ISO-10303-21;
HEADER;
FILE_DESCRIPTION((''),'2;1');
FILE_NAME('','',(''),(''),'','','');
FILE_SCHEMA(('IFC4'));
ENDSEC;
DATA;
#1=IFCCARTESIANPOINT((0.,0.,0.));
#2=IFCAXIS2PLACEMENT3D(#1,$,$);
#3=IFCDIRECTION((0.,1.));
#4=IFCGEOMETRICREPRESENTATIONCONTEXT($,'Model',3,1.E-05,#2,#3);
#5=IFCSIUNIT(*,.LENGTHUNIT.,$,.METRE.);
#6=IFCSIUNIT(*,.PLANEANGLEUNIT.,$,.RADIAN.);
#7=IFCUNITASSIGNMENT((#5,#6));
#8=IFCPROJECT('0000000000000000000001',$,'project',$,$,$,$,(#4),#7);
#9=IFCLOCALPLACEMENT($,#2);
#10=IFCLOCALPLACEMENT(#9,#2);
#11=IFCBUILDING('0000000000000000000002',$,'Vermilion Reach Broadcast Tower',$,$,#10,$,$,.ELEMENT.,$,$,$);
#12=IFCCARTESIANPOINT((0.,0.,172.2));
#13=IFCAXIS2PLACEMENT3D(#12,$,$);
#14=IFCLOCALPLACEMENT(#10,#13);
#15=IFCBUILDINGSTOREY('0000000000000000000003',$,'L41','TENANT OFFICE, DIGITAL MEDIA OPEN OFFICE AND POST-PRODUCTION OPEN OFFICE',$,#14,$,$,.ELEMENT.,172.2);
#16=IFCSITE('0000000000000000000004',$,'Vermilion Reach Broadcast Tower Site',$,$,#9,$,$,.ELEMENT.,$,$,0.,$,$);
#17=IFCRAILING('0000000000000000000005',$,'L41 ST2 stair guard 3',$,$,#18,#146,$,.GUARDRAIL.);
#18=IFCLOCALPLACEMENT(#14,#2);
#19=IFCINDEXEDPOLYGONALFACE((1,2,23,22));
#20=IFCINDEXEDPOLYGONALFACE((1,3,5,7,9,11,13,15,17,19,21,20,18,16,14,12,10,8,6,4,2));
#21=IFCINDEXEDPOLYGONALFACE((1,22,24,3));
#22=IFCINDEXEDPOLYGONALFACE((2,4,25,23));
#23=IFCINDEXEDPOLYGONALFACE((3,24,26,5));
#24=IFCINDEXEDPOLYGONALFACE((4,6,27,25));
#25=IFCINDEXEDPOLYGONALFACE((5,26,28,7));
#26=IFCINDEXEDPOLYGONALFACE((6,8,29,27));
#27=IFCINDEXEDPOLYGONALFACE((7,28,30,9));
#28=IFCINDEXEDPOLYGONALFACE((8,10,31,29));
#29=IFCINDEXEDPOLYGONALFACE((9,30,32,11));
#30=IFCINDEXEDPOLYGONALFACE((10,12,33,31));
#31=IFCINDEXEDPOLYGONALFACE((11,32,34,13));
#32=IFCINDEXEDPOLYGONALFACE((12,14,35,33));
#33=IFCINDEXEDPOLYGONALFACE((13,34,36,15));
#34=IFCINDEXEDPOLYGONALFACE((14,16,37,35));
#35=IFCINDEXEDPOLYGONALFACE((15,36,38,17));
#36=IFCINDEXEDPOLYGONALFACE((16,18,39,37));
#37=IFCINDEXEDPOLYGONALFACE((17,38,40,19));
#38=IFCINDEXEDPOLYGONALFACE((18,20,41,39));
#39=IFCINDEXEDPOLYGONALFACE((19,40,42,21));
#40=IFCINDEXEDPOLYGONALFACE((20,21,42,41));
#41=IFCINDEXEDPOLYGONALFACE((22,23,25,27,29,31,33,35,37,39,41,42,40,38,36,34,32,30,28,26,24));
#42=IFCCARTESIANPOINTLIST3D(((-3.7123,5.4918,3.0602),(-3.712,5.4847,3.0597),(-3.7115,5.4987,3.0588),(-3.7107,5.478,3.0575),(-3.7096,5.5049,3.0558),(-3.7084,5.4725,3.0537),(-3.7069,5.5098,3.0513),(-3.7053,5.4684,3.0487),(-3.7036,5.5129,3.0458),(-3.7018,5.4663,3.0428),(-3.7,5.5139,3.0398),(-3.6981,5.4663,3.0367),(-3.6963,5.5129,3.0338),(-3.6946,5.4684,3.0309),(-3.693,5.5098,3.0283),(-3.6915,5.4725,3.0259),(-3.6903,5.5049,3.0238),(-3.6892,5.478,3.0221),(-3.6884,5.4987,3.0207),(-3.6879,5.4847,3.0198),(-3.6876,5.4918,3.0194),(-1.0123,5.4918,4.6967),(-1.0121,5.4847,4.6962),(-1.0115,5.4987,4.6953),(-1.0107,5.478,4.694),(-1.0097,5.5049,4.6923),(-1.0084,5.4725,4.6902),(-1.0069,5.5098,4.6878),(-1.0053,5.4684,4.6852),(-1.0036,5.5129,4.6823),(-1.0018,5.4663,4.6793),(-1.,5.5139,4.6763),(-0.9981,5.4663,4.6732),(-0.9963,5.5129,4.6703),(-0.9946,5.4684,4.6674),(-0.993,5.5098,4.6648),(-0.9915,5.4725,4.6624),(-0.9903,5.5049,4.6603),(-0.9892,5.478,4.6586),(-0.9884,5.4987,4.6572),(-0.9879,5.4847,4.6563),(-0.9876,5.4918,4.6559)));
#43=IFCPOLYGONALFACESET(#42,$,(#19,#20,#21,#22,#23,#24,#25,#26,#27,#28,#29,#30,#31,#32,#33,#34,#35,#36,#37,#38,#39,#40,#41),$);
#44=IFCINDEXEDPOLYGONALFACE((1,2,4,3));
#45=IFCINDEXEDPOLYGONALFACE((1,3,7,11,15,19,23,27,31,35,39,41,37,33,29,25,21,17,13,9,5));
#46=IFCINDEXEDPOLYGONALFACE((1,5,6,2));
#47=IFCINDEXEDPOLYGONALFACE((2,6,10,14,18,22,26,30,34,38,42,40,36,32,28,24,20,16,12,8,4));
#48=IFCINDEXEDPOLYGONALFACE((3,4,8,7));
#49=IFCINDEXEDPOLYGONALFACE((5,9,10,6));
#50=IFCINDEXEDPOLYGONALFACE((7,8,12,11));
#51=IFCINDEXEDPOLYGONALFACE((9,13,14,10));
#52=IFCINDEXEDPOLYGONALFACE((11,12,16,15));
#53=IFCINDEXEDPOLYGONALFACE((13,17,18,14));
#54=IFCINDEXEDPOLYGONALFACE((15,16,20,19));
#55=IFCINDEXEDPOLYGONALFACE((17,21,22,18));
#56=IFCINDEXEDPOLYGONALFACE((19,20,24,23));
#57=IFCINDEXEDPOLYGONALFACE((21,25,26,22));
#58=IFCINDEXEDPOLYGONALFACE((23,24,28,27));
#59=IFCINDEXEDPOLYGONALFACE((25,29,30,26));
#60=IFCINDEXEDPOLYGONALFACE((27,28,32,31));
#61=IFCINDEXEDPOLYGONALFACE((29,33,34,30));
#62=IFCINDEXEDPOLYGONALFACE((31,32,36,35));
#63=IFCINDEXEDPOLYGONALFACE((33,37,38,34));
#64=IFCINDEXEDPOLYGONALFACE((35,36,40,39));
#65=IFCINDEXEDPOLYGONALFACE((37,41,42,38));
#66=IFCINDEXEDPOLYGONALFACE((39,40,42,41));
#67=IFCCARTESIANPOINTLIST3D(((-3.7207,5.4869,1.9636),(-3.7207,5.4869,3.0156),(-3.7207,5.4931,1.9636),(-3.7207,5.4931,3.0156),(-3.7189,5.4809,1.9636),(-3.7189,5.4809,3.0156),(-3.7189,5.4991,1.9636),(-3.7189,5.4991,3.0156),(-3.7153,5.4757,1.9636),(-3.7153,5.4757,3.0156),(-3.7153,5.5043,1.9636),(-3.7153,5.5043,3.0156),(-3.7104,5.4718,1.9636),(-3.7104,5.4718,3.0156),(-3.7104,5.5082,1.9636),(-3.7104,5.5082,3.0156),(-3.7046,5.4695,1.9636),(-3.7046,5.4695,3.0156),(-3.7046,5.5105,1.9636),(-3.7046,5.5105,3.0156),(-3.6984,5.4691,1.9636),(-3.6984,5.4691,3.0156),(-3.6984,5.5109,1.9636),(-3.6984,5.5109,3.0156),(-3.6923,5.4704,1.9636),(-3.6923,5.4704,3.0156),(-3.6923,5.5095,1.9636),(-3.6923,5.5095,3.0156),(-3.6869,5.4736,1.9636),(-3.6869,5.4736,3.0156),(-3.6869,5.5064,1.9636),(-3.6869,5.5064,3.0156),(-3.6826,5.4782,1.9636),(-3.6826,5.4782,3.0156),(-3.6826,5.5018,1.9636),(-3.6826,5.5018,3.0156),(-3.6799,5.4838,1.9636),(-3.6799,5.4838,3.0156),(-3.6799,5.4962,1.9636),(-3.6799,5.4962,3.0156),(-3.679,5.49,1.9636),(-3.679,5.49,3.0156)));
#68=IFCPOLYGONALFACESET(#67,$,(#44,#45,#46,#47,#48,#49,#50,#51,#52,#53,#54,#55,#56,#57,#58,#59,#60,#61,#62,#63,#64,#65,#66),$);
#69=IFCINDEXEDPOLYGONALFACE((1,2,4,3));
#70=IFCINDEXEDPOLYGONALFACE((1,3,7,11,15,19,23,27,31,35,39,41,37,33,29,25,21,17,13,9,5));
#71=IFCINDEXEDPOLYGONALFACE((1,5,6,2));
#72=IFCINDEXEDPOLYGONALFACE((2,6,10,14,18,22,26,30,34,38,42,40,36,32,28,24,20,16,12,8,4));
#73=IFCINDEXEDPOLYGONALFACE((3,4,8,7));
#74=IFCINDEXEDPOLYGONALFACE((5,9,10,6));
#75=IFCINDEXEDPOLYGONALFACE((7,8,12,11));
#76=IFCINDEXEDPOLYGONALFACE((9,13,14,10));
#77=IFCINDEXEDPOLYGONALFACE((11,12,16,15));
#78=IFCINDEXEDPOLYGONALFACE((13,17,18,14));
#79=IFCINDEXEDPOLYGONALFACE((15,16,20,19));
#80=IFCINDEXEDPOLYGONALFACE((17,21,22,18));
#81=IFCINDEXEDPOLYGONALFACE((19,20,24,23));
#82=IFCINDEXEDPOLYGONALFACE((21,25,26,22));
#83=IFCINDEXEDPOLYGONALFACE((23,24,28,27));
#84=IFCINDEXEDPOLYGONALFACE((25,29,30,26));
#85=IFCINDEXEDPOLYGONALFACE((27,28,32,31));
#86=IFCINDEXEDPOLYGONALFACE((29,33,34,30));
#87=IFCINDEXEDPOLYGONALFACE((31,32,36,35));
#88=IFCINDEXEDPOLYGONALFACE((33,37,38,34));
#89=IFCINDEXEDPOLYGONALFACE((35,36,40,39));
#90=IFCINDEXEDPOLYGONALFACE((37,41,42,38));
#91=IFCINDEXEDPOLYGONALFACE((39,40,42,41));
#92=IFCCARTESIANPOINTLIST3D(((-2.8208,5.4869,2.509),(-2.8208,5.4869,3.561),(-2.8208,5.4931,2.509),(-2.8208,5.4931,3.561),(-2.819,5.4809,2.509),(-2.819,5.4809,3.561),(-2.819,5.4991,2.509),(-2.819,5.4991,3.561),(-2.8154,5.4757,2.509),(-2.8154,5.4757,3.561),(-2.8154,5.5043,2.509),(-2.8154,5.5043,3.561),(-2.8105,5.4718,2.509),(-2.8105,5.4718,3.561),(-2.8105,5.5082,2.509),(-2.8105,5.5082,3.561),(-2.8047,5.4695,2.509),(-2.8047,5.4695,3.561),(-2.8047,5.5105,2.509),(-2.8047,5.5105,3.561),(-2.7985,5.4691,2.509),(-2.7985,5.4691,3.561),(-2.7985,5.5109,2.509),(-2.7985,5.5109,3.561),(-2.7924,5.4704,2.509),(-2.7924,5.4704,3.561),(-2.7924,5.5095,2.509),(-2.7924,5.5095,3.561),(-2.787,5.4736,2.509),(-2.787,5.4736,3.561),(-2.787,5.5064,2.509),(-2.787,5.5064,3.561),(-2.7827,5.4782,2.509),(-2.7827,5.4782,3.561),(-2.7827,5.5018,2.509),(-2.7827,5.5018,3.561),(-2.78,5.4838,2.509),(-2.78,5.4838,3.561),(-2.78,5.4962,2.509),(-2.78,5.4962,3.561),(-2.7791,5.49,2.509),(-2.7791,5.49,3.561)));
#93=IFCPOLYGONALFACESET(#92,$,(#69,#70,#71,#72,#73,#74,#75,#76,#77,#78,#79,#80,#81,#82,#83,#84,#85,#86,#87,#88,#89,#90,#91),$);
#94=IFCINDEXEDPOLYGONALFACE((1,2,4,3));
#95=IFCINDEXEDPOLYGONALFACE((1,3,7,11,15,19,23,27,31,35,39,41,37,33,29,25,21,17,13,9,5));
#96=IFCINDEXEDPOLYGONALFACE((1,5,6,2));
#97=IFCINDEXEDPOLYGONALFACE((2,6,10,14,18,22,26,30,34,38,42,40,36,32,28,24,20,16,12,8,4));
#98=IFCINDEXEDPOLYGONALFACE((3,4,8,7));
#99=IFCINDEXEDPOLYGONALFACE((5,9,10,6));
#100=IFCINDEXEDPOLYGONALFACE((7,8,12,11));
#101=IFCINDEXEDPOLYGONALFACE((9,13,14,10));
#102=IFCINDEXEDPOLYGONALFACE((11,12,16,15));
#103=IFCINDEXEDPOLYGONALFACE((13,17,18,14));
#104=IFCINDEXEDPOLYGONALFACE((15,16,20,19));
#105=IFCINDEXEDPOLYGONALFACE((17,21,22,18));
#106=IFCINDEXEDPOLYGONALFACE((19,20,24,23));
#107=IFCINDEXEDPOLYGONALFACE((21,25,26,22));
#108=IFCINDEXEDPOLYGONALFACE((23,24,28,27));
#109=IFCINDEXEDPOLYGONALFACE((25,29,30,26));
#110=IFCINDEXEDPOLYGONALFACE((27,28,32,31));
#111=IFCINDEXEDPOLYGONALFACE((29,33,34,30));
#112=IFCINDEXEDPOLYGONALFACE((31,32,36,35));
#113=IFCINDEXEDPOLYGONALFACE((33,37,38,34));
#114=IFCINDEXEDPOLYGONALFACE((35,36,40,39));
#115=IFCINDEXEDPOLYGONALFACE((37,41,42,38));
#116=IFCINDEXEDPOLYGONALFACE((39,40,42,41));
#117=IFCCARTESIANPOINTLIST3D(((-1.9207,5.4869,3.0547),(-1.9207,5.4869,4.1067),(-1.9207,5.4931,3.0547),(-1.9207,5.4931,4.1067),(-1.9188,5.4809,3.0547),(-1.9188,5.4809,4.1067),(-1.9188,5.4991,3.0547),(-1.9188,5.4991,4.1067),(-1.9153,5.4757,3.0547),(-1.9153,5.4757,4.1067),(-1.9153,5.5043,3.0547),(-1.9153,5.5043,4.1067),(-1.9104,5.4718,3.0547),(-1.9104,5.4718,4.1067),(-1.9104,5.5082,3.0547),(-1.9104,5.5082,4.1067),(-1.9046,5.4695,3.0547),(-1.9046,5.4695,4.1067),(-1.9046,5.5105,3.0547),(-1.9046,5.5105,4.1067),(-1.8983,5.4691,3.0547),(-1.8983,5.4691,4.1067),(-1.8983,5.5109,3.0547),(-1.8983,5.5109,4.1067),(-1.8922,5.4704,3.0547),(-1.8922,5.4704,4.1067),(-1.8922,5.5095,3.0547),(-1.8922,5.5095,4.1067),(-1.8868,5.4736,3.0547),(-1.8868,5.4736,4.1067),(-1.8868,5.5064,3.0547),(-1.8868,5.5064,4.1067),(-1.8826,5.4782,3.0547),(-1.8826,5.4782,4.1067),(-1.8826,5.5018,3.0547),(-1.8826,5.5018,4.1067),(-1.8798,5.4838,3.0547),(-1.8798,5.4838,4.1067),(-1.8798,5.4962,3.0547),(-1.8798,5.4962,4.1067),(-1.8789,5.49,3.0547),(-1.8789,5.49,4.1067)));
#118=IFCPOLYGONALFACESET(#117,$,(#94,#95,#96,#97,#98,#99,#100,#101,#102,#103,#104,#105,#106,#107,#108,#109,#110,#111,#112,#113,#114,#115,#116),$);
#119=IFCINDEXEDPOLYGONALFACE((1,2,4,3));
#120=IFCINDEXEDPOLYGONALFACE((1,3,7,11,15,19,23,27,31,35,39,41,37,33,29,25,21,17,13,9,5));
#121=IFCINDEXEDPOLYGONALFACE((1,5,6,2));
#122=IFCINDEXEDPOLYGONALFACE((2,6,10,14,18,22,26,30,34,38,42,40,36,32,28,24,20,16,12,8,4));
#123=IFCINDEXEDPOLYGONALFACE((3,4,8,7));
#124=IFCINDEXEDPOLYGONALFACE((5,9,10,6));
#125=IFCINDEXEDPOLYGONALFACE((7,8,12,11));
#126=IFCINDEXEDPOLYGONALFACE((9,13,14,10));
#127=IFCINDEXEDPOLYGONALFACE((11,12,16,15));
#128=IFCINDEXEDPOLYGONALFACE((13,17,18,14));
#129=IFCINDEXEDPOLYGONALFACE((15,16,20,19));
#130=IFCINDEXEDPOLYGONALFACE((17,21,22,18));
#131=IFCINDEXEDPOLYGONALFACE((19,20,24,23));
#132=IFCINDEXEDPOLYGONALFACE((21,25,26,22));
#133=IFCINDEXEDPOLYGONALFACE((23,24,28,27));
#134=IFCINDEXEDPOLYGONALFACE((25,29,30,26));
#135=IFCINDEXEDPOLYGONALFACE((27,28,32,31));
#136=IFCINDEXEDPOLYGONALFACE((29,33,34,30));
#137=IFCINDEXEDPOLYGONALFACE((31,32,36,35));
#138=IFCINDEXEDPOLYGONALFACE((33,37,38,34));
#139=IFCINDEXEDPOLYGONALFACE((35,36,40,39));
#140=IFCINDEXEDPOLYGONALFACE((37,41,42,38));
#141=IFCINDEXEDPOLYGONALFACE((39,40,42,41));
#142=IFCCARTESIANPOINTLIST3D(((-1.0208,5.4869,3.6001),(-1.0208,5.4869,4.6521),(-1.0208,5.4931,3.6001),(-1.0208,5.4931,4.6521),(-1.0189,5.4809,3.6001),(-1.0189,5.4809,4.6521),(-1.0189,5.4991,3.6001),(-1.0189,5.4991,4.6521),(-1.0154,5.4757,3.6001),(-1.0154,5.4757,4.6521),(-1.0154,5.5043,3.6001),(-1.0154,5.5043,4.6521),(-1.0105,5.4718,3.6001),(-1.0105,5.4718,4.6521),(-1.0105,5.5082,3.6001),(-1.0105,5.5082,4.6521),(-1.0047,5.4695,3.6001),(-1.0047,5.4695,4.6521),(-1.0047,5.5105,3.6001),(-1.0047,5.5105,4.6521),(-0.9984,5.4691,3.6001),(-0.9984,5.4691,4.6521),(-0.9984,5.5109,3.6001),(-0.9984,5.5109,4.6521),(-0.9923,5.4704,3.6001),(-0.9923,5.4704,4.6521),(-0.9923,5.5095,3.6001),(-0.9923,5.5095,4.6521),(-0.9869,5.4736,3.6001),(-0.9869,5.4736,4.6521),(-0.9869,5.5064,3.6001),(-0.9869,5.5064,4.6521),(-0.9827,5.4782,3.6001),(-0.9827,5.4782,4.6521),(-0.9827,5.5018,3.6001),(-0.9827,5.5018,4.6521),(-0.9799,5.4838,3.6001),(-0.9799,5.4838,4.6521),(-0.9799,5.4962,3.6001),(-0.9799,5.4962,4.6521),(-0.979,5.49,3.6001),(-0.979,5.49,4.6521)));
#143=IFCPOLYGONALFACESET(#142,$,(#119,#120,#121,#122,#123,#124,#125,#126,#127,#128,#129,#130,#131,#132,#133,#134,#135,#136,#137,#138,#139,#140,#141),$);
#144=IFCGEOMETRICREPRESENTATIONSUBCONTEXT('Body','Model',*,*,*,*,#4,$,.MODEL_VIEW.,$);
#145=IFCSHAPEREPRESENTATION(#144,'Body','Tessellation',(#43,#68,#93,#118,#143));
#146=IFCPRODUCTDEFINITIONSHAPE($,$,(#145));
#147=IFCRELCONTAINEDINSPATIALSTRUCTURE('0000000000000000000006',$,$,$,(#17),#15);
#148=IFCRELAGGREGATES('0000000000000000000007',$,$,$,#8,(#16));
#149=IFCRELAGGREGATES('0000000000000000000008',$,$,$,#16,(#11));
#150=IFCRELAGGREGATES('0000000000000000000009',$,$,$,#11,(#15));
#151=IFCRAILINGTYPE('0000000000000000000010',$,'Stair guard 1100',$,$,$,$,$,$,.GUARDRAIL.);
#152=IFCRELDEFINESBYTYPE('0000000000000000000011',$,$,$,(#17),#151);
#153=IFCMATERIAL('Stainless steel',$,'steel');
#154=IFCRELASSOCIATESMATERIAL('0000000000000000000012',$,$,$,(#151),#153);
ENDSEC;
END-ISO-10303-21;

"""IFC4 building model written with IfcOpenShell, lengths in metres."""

from ifc_helpers import new_model, si_unit, direction, frame, origin, origin_2d, place, context, subcontext, project, spatial, circle, extrude, material, type_object, element, save


model = new_model("IFC4")

# Units and contexts
model_context = context("Model", 3, precision=1e-05, world=origin(), true_north=direction((0.0, 1.0)))
body_context = subcontext(model_context, "Body", "Model", "MODEL_VIEW")
ifc_project = project(units=[si_unit("LENGTHUNIT", "METRE"), si_unit("PLANEANGLEUNIT", "RADIAN")], contexts=[model_context])

# Site, building, storey
site_placement = place(None, origin())
site = spatial("IfcSite", under=ifc_project, at=site_placement, Name="Vermilion Reach Broadcast Tower Site", CompositionType="ELEMENT", RefElevation=0.0)
building_placement = place(site_placement, origin())
building = spatial("IfcBuilding", under=site, at=building_placement, Name="Vermilion Reach Broadcast Tower", CompositionType="ELEMENT")
storey_placement = place(building_placement, frame((0.0, 0.0, 172.2)))
storey = spatial("IfcBuildingStorey", under=building, at=storey_placement, Name="L41", Description="TENANT OFFICE, DIGITAL MEDIA OPEN OFFICE AND POST-PRODUCTION OPEN OFFICE", CompositionType="ELEMENT", Elevation=172.2)

# Railing
ifc_material_1 = material(Name="Stainless steel", Category="steel")
railing_type_1 = type_object("IfcRailingType", Name="Stair guard 1100", PredefinedType="GUARDRAIL", material=ifc_material_1)
railing_1_placement = place(storey_placement, frame((-3.7, 5.49, 1.9636)))
element("IfcRailing", 1, at=railing_1_placement, inside=storey, type_object=railing_type_1, Name="L41 ST2 stair guard 3", PredefinedType="GUARDRAIL", context=body_context, shape_type="SweptSolid", body=[
    extrude(circle(Radius=0.0239, at=origin_2d()), frame((0.0, 0.0, 1.0762), z_axis=(0.855178, 0.0, 0.518334), x_axis=(0.0, 1.0, 0.0)), (0.0, 0.0, 1.0), 3.1572),
    extrude(circle(Radius=0.021, at=origin_2d()), origin(), (0.0, 0.0, 1.0), 1.052),
    extrude(circle(Radius=0.021, at=origin_2d()), frame((0.8999, 0.0, 0.5454)), (0.0, 0.0, 1.0), 1.052),
    extrude(circle(Radius=0.021, at=origin_2d()), frame((1.8, 0.0, 1.0911)), (0.0, 0.0, 1.0), 1.052),
    extrude(circle(Radius=0.021, at=origin_2d()), frame((2.7, 0.0, 1.6365)), (0.0, 0.0, 1.0), 1.052),
])

save(model, "model.ifc")
